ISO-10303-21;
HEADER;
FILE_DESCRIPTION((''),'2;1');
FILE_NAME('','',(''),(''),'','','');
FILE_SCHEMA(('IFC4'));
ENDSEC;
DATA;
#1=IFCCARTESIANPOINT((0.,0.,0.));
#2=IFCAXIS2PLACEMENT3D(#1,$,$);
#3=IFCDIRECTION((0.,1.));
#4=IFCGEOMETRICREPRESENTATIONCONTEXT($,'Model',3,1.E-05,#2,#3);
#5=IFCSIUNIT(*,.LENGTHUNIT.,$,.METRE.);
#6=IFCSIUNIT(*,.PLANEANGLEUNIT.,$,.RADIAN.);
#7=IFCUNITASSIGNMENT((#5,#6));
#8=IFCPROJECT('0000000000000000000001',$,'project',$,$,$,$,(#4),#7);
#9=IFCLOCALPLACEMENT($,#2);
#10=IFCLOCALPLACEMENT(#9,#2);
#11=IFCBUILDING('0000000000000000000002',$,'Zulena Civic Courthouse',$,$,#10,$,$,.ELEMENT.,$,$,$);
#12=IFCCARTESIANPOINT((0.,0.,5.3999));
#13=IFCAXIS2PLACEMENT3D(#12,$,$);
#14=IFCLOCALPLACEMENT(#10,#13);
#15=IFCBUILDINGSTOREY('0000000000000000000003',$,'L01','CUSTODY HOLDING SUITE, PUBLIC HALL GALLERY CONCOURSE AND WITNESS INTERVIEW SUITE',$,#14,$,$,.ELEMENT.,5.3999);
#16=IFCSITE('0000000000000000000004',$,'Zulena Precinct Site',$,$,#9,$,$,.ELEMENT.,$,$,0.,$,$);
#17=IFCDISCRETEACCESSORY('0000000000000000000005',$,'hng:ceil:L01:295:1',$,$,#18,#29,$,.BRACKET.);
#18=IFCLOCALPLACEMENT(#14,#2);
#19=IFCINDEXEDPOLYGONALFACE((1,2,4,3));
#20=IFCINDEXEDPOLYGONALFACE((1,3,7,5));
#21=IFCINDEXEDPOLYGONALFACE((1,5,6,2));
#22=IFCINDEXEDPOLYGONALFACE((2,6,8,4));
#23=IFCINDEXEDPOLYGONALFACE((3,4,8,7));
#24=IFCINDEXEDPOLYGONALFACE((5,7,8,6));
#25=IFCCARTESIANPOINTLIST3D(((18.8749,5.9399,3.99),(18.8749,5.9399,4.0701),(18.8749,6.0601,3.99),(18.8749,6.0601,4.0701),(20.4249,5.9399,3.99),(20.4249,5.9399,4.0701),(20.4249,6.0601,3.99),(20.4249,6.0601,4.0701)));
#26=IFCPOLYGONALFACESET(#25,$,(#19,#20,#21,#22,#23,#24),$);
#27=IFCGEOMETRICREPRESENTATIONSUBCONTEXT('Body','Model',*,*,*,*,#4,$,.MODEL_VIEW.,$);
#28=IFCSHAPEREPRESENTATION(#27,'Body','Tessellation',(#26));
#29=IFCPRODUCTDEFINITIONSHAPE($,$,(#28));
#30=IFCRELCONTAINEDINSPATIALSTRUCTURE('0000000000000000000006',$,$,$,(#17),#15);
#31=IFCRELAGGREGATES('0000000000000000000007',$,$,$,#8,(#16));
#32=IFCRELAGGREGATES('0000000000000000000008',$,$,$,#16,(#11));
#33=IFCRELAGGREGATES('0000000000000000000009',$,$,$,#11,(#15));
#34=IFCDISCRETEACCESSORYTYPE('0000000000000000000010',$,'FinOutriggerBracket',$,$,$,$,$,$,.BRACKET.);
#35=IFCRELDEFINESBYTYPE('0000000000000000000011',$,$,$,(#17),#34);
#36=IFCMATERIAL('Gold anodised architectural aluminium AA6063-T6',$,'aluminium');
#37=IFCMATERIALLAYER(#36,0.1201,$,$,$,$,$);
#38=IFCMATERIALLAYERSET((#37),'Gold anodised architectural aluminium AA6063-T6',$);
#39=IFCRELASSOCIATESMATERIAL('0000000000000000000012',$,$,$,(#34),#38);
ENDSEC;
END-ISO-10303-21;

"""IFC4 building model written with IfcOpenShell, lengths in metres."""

from ifc_helpers import new_model, si_unit, direction, frame, origin, origin_2d, place, context, subcontext, project, spatial, rectangle, extrude, material, layer, layer_set, type_object, element, save


model = new_model("IFC4")

# Units and contexts
model_context = context("Model", 3, precision=1e-05, world=origin(), true_north=direction((0.0, 1.0)))
body_context = subcontext(model_context, "Body", "Model", "MODEL_VIEW")
ifc_project = project(units=[si_unit("LENGTHUNIT", "METRE"), si_unit("PLANEANGLEUNIT", "RADIAN")], contexts=[model_context])

# Site, building, storey
site_placement = place(None, origin())
site = spatial("IfcSite", under=ifc_project, at=site_placement, Name="Zulena Precinct Site", CompositionType="ELEMENT", RefElevation=0.0)
building_placement = place(site_placement, origin())
building = spatial("IfcBuilding", under=site, at=building_placement, Name="Zulena Civic Courthouse", CompositionType="ELEMENT")
storey_placement = place(building_placement, frame((0.0, 0.0, 5.3999)))
storey = spatial("IfcBuildingStorey", under=building, at=storey_placement, Name="L01", Description="CUSTODY HOLDING SUITE, PUBLIC HALL GALLERY CONCOURSE AND WITNESS INTERVIEW SUITE", CompositionType="ELEMENT", Elevation=5.3999)

# Discrete accessory
ifc_material_1 = material(Name="Gold anodised architectural aluminium AA6063-T6", Category="aluminium")
ifc_layer_1 = layer(ifc_material_1, 0.1201)
ifc_layer_set_1 = layer_set([ifc_layer_1], Name="Gold anodised architectural aluminium AA6063-T6")
discrete_accessory_type = type_object("IfcDiscreteAccessoryType", Name="FinOutriggerBracket", PredefinedType="BRACKET", material=ifc_layer_set_1)
discrete_accessory_placement = place(storey_placement, frame((19.6499, 6.0, 3.99), z_axis=(0.0, 0.0, 1.0), x_axis=(1.0, 0.0, 0.0)))
element("IfcDiscreteAccessory", 1, at=discrete_accessory_placement, inside=storey, type_object=discrete_accessory_type, Name="hng:ceil:L01:295:1", PredefinedType="BRACKET", context=body_context, shape_type="SweptSolid", body=[
    extrude(rectangle(XDim=1.55, YDim=0.1201, at=origin_2d()), origin(), (0.0, 0.0, 1.0), 0.0801),
])

save(model, "model.ifc")
